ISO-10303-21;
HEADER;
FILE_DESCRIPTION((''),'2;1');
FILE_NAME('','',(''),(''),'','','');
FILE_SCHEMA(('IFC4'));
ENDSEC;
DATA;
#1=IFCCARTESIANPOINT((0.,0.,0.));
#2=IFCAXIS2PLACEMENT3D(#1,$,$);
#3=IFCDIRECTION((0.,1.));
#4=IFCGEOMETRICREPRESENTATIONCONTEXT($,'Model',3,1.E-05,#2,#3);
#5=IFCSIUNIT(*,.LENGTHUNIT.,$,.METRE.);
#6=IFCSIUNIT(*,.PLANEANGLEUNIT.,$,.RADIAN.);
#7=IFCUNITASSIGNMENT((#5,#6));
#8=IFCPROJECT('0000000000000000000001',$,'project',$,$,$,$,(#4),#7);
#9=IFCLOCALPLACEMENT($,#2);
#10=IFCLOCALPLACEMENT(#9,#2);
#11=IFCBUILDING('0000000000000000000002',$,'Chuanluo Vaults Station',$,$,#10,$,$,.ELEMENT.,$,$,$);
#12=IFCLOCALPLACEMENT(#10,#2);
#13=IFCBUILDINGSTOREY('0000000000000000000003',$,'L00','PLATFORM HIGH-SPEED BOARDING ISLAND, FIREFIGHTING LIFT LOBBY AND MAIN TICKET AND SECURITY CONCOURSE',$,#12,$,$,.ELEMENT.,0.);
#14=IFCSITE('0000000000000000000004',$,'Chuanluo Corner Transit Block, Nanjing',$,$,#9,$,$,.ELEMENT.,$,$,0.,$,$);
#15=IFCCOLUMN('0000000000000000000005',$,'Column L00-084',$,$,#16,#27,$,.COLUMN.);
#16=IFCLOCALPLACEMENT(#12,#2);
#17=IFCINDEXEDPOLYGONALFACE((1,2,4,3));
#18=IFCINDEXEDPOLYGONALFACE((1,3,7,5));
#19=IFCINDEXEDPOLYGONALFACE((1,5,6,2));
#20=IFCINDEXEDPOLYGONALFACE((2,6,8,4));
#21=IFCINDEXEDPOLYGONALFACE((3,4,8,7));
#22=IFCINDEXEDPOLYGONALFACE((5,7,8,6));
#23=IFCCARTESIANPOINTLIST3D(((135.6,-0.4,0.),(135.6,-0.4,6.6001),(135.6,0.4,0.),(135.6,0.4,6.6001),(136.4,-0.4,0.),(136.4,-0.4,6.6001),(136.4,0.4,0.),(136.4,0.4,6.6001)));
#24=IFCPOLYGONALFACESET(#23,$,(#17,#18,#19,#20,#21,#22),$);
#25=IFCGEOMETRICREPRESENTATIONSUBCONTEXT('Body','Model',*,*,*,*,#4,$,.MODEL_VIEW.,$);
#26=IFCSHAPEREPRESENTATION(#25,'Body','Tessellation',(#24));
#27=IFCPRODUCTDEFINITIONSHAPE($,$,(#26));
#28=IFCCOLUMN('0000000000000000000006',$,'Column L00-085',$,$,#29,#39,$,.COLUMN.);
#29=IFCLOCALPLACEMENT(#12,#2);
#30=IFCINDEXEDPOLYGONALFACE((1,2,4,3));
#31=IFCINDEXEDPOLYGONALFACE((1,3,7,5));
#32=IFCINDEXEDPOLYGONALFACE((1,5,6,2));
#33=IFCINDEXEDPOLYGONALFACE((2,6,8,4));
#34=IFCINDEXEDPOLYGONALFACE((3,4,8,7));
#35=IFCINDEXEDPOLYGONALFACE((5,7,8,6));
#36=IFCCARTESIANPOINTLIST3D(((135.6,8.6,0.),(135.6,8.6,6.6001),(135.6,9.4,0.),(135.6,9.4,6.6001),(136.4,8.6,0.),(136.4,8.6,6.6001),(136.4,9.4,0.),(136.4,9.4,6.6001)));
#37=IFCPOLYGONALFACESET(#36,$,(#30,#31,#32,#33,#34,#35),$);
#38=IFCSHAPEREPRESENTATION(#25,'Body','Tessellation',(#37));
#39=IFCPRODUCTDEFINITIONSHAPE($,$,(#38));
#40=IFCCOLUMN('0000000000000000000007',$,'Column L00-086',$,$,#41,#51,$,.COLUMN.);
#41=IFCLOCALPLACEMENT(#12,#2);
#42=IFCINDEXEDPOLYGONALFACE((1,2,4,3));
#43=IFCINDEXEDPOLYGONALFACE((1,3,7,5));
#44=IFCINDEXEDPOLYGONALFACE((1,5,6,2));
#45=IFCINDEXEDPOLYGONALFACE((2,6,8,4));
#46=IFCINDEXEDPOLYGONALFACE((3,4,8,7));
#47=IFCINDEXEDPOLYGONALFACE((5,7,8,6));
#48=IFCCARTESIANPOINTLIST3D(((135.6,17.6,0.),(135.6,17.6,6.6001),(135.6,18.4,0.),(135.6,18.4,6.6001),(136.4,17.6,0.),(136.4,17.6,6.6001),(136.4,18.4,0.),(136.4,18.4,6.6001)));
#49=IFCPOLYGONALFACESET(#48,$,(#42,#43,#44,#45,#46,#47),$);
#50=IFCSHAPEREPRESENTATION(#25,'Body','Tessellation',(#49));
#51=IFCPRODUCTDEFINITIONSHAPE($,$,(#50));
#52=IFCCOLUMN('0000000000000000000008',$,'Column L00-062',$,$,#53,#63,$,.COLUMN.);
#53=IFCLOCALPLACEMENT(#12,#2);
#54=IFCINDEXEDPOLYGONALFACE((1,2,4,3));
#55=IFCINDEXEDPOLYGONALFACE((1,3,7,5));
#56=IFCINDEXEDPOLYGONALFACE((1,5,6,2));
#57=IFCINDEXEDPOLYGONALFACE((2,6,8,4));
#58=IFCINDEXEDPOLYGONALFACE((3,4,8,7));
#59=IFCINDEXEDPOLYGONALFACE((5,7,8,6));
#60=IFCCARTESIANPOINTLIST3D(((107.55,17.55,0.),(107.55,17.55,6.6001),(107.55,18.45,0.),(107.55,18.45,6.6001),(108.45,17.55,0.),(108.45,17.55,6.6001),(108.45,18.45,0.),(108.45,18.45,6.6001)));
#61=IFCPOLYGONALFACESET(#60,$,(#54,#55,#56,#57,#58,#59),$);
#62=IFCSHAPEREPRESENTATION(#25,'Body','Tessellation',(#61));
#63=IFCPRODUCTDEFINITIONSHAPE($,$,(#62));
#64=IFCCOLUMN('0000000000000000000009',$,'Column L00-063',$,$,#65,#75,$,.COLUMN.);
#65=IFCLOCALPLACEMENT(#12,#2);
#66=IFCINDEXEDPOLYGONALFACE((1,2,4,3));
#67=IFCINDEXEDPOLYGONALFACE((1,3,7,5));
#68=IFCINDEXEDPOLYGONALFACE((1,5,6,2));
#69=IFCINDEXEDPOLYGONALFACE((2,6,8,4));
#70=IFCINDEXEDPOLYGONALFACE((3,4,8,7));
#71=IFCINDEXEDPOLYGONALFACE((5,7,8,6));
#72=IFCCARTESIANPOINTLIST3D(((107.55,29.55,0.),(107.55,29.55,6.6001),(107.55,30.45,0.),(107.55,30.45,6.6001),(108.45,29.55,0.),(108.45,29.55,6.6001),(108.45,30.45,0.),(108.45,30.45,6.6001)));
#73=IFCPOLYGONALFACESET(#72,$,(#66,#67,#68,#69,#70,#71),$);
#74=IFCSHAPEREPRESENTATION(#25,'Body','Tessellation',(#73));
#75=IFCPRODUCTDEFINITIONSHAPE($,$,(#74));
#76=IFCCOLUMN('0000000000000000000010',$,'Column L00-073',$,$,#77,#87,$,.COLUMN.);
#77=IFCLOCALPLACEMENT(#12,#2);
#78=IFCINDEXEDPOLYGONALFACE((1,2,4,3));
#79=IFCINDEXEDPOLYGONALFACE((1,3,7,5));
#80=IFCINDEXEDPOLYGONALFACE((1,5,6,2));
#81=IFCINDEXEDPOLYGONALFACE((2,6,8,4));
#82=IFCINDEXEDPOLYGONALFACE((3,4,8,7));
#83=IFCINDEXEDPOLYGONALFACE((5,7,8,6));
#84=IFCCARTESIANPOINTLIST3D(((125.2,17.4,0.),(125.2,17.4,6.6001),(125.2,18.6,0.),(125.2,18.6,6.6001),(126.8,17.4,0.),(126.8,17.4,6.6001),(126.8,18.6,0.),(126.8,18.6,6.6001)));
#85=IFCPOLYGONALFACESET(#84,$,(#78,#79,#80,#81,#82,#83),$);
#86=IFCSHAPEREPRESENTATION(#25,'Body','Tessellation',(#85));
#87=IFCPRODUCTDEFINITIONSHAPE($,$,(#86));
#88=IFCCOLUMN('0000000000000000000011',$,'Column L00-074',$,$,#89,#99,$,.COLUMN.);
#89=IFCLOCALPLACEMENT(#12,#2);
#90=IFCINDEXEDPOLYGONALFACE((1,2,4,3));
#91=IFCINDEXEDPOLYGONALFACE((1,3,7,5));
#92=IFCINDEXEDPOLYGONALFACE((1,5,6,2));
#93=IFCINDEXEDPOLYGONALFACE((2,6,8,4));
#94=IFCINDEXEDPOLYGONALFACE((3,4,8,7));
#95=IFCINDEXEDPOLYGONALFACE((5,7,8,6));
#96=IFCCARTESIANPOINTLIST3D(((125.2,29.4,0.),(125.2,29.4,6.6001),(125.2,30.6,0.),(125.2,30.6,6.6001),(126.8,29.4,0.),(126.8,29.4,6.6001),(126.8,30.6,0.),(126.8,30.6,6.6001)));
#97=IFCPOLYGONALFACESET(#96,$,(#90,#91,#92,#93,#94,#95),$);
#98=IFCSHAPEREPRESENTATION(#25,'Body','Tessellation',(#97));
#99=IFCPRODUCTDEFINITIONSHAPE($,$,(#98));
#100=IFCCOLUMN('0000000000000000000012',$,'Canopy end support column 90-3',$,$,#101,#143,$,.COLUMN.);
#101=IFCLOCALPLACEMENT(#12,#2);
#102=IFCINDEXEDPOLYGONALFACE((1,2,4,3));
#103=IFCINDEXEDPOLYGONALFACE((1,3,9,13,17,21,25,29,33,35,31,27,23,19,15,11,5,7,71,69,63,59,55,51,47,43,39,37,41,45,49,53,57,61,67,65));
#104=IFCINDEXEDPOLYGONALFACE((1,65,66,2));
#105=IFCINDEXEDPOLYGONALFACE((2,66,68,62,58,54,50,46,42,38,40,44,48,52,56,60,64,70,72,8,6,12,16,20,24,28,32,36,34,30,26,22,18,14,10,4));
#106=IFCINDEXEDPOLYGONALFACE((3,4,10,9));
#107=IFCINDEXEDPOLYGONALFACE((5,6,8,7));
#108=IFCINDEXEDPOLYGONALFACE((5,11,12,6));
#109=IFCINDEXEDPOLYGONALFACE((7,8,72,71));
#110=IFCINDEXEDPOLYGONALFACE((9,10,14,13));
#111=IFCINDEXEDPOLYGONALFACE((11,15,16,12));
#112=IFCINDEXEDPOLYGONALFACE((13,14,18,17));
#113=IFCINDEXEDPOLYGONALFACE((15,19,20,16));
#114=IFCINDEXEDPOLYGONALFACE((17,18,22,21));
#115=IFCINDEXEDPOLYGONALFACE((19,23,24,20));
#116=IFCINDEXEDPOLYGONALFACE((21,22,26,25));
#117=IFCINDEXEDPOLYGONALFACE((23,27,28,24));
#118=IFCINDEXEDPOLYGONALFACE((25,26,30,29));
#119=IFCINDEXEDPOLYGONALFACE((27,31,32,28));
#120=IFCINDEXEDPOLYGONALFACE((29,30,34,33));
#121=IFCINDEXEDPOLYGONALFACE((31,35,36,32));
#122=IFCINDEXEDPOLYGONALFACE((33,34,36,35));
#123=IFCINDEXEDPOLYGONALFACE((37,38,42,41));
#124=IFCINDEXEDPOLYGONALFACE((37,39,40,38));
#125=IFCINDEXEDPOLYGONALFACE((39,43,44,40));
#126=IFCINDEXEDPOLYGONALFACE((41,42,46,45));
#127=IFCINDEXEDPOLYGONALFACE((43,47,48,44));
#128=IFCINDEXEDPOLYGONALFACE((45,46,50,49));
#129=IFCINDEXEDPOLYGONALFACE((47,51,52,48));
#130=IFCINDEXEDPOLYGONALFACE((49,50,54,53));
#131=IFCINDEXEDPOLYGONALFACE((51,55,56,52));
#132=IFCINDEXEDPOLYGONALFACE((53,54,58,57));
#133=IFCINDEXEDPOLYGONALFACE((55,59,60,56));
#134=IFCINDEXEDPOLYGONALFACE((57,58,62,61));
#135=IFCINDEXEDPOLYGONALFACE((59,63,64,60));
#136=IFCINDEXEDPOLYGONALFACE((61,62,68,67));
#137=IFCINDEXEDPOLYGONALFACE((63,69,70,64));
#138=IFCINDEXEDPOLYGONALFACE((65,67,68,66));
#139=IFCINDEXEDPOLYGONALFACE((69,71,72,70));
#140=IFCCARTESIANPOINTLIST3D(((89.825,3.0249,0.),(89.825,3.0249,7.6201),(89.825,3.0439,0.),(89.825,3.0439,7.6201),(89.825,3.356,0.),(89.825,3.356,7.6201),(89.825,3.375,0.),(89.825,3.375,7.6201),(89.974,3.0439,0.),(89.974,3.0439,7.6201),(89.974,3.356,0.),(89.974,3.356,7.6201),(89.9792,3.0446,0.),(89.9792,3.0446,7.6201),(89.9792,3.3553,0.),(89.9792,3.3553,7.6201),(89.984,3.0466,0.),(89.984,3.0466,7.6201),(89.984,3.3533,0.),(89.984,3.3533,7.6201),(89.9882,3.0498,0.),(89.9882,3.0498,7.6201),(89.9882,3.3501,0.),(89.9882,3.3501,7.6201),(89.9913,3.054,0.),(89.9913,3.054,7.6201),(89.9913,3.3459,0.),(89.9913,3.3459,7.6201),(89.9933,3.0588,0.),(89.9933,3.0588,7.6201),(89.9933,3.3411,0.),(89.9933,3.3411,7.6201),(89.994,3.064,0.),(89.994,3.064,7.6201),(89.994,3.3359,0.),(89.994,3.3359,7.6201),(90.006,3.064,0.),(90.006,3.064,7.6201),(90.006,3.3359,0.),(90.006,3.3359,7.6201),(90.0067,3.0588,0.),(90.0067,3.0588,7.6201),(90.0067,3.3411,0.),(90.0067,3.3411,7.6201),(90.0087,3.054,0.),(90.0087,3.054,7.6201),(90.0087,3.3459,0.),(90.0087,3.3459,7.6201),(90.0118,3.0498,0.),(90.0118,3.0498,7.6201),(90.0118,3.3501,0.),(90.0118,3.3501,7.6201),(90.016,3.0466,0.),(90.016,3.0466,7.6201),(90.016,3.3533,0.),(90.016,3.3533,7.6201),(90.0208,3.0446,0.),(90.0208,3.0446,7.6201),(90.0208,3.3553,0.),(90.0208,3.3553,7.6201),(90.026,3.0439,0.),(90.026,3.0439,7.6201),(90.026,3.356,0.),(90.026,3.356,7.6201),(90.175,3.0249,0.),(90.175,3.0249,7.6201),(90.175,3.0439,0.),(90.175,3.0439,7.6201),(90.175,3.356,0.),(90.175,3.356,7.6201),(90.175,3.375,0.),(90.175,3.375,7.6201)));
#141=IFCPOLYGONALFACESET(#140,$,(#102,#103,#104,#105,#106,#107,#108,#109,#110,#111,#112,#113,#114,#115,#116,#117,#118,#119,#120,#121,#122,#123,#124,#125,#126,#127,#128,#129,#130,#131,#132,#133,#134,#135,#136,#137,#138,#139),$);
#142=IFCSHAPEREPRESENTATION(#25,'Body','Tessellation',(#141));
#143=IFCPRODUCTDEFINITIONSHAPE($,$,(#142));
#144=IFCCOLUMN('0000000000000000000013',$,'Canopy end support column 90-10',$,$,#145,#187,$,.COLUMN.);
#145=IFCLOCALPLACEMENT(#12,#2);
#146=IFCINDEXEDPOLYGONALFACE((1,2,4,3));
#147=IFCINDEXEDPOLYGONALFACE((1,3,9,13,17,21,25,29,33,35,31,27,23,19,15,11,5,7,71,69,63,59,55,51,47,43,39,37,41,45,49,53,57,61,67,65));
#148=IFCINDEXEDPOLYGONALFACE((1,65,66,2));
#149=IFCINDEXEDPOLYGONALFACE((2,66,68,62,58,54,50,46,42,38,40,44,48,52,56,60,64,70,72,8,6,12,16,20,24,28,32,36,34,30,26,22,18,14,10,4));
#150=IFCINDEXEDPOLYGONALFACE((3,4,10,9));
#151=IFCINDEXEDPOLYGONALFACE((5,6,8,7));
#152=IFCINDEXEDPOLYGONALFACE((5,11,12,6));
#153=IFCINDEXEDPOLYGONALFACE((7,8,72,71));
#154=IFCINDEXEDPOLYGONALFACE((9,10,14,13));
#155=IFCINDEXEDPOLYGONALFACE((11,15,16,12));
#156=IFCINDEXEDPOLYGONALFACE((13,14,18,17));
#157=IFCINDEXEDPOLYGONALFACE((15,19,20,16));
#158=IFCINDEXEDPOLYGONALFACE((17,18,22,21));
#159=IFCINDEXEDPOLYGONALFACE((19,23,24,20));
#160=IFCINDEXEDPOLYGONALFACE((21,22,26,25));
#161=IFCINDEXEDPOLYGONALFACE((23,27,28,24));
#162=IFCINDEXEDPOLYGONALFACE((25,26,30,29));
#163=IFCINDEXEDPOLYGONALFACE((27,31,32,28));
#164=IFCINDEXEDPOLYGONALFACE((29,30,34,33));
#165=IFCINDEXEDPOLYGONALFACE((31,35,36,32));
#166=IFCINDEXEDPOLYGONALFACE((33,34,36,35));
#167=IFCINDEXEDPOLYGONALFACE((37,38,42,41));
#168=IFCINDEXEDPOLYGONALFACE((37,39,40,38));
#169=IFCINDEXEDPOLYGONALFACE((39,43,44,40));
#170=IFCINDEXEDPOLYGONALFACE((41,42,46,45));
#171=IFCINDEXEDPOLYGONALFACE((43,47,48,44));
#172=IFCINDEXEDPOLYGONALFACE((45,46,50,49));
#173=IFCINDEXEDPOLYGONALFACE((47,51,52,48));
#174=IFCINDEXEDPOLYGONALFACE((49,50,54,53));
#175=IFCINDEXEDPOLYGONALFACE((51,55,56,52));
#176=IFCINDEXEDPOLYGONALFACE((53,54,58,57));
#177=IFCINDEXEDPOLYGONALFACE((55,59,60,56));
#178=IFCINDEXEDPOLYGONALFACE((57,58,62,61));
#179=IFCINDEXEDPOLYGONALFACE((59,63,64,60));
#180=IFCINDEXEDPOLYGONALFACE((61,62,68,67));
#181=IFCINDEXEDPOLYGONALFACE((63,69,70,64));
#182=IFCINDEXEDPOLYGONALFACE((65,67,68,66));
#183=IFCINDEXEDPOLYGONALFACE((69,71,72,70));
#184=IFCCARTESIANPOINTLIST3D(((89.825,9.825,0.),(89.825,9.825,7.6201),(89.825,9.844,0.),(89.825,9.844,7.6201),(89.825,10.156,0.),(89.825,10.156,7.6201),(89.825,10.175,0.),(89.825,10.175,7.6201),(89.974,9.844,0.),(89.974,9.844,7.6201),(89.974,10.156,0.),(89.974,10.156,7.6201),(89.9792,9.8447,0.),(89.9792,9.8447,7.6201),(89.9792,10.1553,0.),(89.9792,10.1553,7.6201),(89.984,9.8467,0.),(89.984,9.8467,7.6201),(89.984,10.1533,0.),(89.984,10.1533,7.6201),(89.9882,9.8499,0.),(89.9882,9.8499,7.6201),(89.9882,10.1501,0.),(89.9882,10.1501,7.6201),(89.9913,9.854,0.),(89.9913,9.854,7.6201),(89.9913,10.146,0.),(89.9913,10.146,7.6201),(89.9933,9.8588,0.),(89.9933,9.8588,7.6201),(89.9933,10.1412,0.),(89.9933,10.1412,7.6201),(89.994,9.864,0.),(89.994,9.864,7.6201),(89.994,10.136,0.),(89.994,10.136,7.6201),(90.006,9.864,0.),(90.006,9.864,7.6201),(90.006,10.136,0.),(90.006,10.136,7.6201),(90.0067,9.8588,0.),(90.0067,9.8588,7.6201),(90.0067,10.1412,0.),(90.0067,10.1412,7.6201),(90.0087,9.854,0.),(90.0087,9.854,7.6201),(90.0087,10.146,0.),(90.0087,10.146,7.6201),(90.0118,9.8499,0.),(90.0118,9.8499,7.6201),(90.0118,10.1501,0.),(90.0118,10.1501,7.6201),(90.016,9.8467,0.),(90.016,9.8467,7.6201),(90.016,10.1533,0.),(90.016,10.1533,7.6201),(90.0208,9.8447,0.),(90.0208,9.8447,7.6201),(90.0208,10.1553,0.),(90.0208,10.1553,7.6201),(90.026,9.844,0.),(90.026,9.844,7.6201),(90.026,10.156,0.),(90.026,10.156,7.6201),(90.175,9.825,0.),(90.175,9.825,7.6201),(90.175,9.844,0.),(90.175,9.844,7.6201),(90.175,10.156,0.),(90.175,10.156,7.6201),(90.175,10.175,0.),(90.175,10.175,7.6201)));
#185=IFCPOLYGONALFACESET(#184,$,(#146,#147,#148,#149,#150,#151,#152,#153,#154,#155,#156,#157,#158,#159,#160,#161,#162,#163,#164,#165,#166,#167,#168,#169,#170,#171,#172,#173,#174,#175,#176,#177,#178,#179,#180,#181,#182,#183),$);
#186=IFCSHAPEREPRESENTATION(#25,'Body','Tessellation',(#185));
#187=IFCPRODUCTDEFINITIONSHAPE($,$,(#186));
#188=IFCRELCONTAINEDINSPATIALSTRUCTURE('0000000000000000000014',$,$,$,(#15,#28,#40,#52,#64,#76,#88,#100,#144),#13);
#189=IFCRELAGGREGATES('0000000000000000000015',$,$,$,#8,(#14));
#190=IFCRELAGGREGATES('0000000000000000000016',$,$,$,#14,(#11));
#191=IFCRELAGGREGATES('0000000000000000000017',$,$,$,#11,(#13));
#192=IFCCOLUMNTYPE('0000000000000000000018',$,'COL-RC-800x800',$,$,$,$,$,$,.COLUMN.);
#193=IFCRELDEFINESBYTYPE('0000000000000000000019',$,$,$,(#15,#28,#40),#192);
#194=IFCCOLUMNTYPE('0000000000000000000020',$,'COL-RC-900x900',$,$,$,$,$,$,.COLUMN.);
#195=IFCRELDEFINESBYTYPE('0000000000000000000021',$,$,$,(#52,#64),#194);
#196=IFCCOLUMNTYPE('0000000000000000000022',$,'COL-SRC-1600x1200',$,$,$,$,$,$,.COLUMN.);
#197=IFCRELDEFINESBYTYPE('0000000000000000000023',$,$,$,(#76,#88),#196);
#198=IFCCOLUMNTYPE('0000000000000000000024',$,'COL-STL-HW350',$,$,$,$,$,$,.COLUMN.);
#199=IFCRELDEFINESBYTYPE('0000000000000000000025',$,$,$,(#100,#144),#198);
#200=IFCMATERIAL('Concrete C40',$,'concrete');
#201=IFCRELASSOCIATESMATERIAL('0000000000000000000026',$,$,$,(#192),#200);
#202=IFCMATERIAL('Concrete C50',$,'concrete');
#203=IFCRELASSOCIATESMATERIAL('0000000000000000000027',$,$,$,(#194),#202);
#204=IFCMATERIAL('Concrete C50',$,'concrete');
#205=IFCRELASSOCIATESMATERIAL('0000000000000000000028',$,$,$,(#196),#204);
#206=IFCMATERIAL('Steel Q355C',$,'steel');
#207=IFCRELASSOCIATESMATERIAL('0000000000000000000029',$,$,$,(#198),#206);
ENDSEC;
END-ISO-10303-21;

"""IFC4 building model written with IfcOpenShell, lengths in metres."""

from ifc_helpers import new_model, si_unit, direction, frame, origin, origin_2d, place, context, subcontext, project, spatial, rectangle, i_section, extrude, material, material_profile, profile_set, type_object, element, save


model = new_model("IFC4")

# Units and contexts
model_context = context("Model", 3, precision=1e-05, world=origin(), true_north=direction((0.0, 1.0)))
body_context = subcontext(model_context, "Body", "Model", "MODEL_VIEW")
ifc_project = project(units=[si_unit("LENGTHUNIT", "METRE"), si_unit("PLANEANGLEUNIT", "RADIAN")], contexts=[model_context])

# Site, building, storey
site_placement = place(None, origin())
site = spatial("IfcSite", under=ifc_project, at=site_placement, Name="Chuanluo Corner Transit Block, Nanjing", CompositionType="ELEMENT", RefElevation=0.0)
building_placement = place(site_placement, origin())
building = spatial("IfcBuilding", under=site, at=building_placement, Name="Chuanluo Vaults Station", CompositionType="ELEMENT")
storey_placement = place(building_placement, origin())
storey = spatial("IfcBuildingStorey", under=building, at=storey_placement, Name="L00", Description="PLATFORM HIGH-SPEED BOARDING ISLAND, FIREFIGHTING LIFT LOBBY AND MAIN TICKET AND SECURITY CONCOURSE", CompositionType="ELEMENT", Elevation=0.0)

# Columns
ifc_material_1 = material(Name="Concrete C40", Category="concrete")
ifc_material_profile_1 = material_profile(ifc_material_1, rectangle(XDim=0.8, YDim=0.8, at=origin_2d()))
ifc_profile_set_1 = profile_set([ifc_material_profile_1], Name="Concrete C40")
column_type_1 = type_object("IfcColumnType", Name="COL-RC-800x800", PredefinedType="COLUMN", material=ifc_profile_set_1)
for number, where, z_axis, x_axis, name in (
    (1, (136.0, 0.0, 0.0), (0.0, 0.0, 1.0), (1.0, 0.0, 0.0), "Column L00-084"),
    (2, (136.0, 9.0, 0.0), (0.0, 0.0, 1.0), (1.0, 0.0, 0.0), "Column L00-085"),
    (3, (136.0, 18.0, 0.0), (0.0, 0.0, 1.0), (1.0, 0.0, 0.0), "Column L00-086"),
):
    element("IfcColumn", number, at=place(storey_placement, frame(where, z_axis=z_axis, x_axis=x_axis)), inside=storey, type_object=column_type_1, Name=name, PredefinedType="COLUMN", context=body_context, shape_type="SweptSolid", body=[
        extrude(rectangle(XDim=0.8, YDim=0.8, at=origin_2d()), origin(), (0.0, 0.0, 1.0), 6.6001),
    ])
ifc_material_2 = material(Name="Concrete C50", Category="concrete")
ifc_material_profile_2 = material_profile(ifc_material_2, rectangle(XDim=0.8999, YDim=0.8999, at=origin_2d()))
ifc_profile_set_2 = profile_set([ifc_material_profile_2], Name="Concrete C50")
column_type_2 = type_object("IfcColumnType", Name="COL-RC-900x900", PredefinedType="COLUMN", material=ifc_profile_set_2)
for number, where, z_axis, x_axis, name in (
    (4, (108.0, 18.0, 0.0), (0.0, 0.0, 1.0), (1.0, 0.0, 0.0), "Column L00-062"),
    (5, (108.0, 30.0, 0.0), (0.0, 0.0, 1.0), (1.0, 0.0, 0.0), "Column L00-063"),
):
    element("IfcColumn", number, at=place(storey_placement, frame(where, z_axis=z_axis, x_axis=x_axis)), inside=storey, type_object=column_type_2, Name=name, PredefinedType="COLUMN", context=body_context, shape_type="SweptSolid", body=[
        extrude(rectangle(XDim=0.8999, YDim=0.8999, at=origin_2d()), origin(), (0.0, 0.0, 1.0), 6.6001),
    ])
ifc_material_3 = material(Name="Concrete C50", Category="concrete")
ifc_material_profile_3 = material_profile(ifc_material_3, rectangle(XDim=1.6001, YDim=1.2, at=origin_2d()))
ifc_profile_set_3 = profile_set([ifc_material_profile_3], Name="Concrete C50")
column_type_3 = type_object("IfcColumnType", Name="COL-SRC-1600x1200", PredefinedType="COLUMN", material=ifc_profile_set_3)
for number, where, z_axis, x_axis, name in (
    (6, (126.0, 18.0, 0.0), (0.0, 0.0, 1.0), (1.0, 0.0, 0.0), "Column L00-073"),
    (7, (126.0, 30.0, 0.0), (0.0, 0.0, 1.0), (1.0, 0.0, 0.0), "Column L00-074"),
):
    element("IfcColumn", number, at=place(storey_placement, frame(where, z_axis=z_axis, x_axis=x_axis)), inside=storey, type_object=column_type_3, Name=name, PredefinedType="COLUMN", context=body_context, shape_type="SweptSolid", body=[
        extrude(rectangle(XDim=1.6001, YDim=1.2, at=origin_2d()), origin(), (0.0, 0.0, 1.0), 6.6001),
    ])
ifc_material_4 = material(Name="Steel Q355C", Category="steel")
ifc_material_profile_4 = material_profile(ifc_material_4, i_section(OverallWidth=0.3501, OverallDepth=0.3501, WebThickness=0.012, FlangeThickness=0.019, FilletRadius=0.02, at=origin_2d()))
ifc_profile_set_4 = profile_set([ifc_material_profile_4], Name="Steel Q355C")
column_type_4 = type_object("IfcColumnType", Name="COL-STL-HW350", PredefinedType="COLUMN", material=ifc_profile_set_4)
for number, where, z_axis, x_axis, name in (
    (8, (90.0, 3.2, 0.0), (0.0, 0.0, 1.0), (1.0, 0.0, 0.0), "Canopy end support column 90-3"),
    (9, (90.0, 10.0, 0.0), (0.0, 0.0, 1.0), (1.0, 0.0, 0.0), "Canopy end support column 90-10"),
):
    element("IfcColumn", number, at=place(storey_placement, frame(where, z_axis=z_axis, x_axis=x_axis)), inside=storey, type_object=column_type_4, Name=name, PredefinedType="COLUMN", context=body_context, shape_type="SweptSolid", body=[
        extrude(i_section(OverallWidth=0.3501, OverallDepth=0.3501, WebThickness=0.012, FlangeThickness=0.019, FilletRadius=0.02, at=origin_2d()), origin(), (0.0, 0.0, 1.0), 7.6201),
    ])

save(model, "model.ifc")
